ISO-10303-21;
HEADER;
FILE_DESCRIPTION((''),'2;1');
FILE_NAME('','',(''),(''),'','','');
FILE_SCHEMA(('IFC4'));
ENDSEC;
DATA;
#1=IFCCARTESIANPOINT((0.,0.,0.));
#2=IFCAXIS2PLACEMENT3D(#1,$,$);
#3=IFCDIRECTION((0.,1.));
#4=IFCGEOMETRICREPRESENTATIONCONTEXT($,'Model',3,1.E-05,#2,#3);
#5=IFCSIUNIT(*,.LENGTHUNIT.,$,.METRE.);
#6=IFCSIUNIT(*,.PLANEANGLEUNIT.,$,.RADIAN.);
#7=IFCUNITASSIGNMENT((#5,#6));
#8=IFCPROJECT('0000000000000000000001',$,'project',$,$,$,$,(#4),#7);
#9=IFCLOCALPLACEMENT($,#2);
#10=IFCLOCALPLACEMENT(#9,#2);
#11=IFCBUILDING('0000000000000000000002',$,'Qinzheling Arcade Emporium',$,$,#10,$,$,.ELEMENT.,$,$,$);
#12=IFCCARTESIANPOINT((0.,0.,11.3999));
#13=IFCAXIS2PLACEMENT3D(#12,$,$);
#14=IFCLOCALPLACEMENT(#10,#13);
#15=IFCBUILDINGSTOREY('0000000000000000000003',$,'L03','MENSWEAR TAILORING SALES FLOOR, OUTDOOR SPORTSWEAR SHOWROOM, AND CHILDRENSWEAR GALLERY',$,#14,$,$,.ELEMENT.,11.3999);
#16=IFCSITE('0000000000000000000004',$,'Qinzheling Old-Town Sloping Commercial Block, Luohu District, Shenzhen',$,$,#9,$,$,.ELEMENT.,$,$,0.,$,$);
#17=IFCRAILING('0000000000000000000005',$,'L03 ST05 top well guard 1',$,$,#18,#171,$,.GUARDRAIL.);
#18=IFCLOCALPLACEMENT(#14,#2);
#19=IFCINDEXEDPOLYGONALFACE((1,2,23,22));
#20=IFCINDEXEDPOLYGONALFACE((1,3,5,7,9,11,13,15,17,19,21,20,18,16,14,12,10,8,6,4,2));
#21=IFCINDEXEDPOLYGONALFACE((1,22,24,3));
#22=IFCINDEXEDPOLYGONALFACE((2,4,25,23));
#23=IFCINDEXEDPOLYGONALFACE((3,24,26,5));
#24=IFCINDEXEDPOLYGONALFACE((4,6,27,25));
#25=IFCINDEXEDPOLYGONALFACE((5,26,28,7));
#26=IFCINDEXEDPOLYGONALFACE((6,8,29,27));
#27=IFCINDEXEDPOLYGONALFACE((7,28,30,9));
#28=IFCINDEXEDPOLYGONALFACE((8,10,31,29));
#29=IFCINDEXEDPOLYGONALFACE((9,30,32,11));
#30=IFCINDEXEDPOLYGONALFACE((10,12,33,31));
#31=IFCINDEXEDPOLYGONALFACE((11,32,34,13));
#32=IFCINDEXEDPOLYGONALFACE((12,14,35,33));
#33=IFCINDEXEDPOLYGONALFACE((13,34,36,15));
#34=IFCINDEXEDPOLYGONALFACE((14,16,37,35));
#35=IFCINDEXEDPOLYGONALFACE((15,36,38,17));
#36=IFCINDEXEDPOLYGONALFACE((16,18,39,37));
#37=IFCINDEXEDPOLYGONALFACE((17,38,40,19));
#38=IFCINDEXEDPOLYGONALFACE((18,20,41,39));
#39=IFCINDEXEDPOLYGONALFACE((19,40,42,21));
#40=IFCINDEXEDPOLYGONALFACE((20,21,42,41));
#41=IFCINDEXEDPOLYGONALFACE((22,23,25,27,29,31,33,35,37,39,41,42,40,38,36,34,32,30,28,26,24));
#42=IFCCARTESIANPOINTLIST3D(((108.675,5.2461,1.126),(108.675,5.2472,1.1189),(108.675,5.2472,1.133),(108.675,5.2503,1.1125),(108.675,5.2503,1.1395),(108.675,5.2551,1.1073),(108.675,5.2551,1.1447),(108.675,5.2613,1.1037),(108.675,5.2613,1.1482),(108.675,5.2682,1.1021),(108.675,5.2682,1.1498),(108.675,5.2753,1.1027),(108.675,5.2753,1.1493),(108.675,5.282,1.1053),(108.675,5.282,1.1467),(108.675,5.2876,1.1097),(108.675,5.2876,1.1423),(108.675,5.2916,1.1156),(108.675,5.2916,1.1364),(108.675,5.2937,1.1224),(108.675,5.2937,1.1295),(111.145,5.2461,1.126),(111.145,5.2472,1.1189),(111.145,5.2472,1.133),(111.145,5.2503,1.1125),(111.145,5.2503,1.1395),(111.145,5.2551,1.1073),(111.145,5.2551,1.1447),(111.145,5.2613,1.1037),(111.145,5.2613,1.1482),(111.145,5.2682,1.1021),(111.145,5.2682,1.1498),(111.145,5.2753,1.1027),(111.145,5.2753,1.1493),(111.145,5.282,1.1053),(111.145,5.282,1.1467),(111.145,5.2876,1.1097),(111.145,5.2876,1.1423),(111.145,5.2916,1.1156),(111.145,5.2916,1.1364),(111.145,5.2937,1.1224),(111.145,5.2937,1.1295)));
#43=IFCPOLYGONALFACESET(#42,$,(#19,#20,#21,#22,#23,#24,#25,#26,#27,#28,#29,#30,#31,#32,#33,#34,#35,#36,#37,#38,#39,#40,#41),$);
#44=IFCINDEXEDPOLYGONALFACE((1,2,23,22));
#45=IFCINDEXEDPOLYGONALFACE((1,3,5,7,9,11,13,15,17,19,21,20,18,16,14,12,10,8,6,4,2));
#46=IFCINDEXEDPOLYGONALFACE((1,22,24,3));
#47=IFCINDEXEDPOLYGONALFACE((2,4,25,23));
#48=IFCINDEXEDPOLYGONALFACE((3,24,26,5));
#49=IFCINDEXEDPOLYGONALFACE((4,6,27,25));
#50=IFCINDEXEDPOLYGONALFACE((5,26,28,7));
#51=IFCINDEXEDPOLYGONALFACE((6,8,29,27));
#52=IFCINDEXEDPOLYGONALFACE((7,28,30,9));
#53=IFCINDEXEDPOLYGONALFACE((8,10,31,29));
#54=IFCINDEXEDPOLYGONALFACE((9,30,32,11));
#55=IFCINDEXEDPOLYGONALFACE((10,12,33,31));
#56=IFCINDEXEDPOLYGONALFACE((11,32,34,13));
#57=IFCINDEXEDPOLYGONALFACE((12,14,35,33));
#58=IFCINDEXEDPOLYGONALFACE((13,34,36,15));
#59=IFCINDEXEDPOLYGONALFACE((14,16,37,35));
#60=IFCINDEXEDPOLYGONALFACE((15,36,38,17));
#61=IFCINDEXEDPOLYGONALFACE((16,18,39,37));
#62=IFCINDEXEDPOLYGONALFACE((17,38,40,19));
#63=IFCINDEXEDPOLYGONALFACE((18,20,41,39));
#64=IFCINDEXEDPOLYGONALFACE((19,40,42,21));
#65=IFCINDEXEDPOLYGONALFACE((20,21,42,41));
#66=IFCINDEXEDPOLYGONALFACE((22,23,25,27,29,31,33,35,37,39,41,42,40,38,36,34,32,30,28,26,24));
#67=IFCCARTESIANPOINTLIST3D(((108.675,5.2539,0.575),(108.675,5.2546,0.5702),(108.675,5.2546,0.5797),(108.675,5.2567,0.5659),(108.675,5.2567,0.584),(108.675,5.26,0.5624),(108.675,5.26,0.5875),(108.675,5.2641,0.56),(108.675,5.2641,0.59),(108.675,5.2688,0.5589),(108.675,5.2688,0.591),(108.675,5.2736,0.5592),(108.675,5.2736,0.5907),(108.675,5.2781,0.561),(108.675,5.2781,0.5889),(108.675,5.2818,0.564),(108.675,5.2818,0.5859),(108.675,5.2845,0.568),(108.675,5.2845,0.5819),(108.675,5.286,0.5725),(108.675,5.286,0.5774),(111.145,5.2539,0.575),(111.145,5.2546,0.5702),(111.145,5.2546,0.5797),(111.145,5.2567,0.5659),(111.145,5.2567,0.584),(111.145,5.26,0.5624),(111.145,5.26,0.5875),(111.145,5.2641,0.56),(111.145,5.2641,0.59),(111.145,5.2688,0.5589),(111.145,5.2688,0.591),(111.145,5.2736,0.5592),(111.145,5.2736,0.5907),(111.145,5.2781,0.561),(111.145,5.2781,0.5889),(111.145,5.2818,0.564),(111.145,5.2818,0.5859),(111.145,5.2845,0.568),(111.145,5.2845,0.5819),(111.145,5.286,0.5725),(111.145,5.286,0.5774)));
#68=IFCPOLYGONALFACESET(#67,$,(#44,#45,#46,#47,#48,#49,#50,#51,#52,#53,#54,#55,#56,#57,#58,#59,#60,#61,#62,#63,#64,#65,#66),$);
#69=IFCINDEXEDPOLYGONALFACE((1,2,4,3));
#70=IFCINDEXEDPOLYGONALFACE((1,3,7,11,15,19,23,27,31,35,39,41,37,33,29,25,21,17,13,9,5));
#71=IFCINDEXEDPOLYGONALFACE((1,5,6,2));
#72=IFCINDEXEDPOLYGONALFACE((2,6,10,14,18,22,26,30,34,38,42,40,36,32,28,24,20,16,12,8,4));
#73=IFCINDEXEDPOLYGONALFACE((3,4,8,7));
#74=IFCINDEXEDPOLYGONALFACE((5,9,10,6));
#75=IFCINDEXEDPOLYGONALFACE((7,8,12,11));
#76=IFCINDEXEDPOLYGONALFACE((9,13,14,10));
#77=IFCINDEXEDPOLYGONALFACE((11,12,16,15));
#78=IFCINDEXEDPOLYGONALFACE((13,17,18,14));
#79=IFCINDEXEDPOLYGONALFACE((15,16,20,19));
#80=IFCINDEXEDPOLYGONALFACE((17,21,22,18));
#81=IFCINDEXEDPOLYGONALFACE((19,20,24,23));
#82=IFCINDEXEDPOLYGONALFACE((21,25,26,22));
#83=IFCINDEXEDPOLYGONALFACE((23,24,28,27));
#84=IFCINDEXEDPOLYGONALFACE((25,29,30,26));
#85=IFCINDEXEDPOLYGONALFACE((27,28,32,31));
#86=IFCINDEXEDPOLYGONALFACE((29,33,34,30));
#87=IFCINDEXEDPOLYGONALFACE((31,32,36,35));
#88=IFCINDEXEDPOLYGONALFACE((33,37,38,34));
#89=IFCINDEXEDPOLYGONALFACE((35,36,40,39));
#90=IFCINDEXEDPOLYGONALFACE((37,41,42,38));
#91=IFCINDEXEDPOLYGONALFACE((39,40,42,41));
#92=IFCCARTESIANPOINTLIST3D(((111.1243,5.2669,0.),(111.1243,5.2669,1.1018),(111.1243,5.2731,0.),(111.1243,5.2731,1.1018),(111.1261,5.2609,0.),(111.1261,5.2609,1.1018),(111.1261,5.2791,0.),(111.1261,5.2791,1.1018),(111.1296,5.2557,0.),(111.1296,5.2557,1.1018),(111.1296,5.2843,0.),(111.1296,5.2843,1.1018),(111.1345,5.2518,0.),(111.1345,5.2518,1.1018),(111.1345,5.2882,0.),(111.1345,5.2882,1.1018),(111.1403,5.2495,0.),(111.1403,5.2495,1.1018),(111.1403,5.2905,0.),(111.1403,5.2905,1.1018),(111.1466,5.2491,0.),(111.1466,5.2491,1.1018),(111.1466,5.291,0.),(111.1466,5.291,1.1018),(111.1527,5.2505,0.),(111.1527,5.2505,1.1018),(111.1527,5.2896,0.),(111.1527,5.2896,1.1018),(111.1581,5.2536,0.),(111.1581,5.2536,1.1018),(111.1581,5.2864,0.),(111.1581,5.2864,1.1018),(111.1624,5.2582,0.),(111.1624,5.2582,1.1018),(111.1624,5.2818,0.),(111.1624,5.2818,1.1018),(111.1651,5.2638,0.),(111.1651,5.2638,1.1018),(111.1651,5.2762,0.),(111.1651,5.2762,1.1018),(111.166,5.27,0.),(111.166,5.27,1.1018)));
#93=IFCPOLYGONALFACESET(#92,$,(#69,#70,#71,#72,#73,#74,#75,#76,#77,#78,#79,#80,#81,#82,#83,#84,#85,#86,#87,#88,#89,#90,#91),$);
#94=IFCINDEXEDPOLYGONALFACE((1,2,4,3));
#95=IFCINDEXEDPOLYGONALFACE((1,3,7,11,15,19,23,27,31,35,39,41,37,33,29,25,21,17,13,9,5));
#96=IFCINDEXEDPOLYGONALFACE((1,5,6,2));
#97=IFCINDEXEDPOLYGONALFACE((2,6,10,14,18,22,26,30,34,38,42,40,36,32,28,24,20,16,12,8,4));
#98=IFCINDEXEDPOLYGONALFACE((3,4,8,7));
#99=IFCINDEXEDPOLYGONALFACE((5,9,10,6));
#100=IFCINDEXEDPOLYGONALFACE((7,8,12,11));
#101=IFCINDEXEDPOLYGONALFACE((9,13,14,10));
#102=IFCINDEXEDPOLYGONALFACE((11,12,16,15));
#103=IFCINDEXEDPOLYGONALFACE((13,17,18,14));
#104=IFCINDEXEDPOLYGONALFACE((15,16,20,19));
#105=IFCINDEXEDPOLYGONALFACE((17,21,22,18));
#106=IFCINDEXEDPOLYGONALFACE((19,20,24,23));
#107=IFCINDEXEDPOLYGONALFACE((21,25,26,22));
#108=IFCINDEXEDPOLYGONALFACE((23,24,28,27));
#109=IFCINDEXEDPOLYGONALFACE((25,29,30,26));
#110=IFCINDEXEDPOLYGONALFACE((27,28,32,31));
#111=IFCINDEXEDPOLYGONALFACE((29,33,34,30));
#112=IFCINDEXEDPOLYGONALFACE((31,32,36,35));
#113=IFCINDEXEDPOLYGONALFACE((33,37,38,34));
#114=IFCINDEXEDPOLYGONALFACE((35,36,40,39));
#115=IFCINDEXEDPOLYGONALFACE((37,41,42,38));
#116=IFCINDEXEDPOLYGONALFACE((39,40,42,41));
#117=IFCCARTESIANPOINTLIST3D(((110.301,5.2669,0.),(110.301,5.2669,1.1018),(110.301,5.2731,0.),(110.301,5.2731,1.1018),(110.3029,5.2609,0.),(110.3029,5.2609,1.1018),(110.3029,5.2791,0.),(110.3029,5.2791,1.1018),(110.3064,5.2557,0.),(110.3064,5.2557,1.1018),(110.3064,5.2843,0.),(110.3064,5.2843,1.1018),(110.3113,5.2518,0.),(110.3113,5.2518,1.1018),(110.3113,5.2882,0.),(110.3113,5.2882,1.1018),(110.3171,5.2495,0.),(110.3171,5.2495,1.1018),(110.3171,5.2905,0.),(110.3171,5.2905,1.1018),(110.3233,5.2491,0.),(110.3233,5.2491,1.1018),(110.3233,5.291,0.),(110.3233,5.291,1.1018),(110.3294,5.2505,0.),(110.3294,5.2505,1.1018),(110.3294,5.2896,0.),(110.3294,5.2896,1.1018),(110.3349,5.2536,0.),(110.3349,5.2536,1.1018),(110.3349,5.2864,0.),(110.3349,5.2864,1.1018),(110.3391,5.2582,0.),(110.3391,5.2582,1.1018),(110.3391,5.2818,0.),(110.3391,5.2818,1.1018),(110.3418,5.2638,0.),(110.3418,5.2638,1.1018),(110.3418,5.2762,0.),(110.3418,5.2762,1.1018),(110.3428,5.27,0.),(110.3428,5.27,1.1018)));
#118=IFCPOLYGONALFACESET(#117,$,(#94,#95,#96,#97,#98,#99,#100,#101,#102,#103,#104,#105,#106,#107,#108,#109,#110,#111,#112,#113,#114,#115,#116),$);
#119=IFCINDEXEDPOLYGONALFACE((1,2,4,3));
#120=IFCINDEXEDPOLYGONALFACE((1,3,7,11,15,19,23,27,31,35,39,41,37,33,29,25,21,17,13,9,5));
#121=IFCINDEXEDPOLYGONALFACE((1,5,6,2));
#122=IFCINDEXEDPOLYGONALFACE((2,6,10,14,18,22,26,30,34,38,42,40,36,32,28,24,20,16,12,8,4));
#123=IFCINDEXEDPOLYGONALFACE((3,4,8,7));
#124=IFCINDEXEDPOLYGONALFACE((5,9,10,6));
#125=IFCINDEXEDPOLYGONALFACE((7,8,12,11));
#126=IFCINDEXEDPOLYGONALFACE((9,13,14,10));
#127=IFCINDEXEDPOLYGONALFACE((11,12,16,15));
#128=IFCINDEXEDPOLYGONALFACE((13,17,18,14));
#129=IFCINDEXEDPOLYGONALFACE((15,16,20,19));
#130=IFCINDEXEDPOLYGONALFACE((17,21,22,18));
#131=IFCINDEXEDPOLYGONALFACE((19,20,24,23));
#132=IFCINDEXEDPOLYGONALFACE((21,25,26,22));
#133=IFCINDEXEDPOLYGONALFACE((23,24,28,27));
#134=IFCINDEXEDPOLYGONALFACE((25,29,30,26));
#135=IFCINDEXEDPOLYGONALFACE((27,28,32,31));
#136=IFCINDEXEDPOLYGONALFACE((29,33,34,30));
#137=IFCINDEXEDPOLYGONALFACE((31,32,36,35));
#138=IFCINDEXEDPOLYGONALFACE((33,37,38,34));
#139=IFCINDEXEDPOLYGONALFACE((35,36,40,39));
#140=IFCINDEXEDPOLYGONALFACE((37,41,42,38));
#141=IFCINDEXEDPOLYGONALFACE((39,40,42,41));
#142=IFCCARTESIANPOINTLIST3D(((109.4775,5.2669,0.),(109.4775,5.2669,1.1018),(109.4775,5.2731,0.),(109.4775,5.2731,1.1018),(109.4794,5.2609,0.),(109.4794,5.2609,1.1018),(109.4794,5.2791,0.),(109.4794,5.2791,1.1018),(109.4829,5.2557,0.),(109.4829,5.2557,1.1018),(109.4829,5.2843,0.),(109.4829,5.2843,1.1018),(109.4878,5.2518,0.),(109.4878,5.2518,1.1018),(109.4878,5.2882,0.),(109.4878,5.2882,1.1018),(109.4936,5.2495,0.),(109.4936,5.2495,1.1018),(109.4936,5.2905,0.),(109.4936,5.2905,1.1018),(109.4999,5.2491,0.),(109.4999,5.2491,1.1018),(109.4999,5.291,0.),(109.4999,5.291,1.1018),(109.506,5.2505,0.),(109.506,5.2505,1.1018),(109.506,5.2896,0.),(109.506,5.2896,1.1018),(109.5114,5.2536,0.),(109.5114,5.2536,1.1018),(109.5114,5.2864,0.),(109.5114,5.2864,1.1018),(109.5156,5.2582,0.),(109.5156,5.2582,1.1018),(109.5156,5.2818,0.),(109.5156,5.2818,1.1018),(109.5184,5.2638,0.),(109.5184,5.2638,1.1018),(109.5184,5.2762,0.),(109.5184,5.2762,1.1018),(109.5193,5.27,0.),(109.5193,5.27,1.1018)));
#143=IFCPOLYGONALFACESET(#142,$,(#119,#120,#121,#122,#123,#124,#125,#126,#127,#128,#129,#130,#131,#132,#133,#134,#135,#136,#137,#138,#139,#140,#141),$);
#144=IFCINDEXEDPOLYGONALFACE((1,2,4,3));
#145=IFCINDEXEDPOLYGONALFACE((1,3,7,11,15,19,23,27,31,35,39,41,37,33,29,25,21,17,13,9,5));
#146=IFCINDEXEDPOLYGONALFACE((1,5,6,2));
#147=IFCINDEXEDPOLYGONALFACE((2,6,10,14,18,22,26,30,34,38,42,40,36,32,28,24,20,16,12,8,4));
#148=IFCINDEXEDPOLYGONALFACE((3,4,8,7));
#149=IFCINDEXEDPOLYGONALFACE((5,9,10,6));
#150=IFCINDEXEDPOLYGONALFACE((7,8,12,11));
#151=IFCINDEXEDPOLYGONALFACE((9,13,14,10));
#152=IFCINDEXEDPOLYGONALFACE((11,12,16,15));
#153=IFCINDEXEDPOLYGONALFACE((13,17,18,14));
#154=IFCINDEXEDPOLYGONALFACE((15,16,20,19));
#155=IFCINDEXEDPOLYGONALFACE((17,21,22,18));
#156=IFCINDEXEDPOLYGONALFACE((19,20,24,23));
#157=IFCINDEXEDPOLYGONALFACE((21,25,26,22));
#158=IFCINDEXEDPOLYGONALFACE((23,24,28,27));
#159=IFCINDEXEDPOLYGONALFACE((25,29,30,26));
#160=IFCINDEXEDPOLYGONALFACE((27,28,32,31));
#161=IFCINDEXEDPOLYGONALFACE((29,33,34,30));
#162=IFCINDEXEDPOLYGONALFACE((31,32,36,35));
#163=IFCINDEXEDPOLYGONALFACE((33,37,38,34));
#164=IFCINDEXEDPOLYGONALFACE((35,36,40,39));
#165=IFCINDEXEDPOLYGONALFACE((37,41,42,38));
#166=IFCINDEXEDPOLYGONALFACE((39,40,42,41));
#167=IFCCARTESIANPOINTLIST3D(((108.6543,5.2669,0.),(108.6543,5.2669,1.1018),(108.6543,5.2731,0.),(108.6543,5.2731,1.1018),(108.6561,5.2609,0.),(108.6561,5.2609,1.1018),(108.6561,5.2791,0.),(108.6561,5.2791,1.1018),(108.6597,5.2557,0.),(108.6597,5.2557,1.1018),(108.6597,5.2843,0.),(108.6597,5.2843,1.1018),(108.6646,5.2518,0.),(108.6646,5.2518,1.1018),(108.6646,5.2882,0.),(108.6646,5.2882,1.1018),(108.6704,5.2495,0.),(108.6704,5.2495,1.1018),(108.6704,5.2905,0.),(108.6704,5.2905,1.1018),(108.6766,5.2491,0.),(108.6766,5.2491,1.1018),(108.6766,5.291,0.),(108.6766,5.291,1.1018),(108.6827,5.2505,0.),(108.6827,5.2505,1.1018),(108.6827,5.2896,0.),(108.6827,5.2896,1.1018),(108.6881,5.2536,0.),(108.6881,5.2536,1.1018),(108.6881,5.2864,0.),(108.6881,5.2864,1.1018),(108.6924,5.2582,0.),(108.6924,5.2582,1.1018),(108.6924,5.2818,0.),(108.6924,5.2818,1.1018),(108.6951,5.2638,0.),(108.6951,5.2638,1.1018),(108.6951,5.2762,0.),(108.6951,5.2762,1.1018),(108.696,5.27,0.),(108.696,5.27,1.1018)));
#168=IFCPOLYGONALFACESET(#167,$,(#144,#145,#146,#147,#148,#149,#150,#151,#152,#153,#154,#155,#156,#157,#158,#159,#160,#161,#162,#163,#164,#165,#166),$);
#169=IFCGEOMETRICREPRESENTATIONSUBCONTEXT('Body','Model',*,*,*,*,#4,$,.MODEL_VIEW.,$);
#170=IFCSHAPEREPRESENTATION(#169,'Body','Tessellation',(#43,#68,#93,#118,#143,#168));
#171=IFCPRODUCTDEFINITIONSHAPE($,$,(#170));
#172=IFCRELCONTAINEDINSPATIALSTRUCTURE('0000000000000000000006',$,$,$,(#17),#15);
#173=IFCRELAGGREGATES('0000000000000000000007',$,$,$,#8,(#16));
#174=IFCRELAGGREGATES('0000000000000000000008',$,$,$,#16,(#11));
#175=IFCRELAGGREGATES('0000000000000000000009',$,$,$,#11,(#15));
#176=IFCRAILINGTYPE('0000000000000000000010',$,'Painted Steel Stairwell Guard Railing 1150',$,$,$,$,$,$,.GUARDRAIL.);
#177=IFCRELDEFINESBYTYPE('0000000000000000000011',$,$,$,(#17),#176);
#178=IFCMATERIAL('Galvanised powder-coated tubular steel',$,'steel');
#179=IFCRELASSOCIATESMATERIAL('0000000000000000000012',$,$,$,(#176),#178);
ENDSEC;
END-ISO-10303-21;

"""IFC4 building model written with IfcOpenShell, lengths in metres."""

from ifc_helpers import new_model, si_unit, direction, frame, origin, origin_2d, place, context, subcontext, project, spatial, circle, extrude, material, type_object, element, save


model = new_model("IFC4")

# Units and contexts
model_context = context("Model", 3, precision=1e-05, world=origin(), true_north=direction((0.0, 1.0)))
body_context = subcontext(model_context, "Body", "Model", "MODEL_VIEW")
ifc_project = project(units=[si_unit("LENGTHUNIT", "METRE"), si_unit("PLANEANGLEUNIT", "RADIAN")], contexts=[model_context])

# Site, building, storey
site_placement = place(None, origin())
site = spatial("IfcSite", under=ifc_project, at=site_placement, Name="Qinzheling Old-Town Sloping Commercial Block, Luohu District, Shenzhen", CompositionType="ELEMENT", RefElevation=0.0)
building_placement = place(site_placement, origin())
building = spatial("IfcBuilding", under=site, at=building_placement, Name="Qinzheling Arcade Emporium", CompositionType="ELEMENT")
storey_placement = place(building_placement, frame((0.0, 0.0, 11.3999)))
storey = spatial("IfcBuildingStorey", under=building, at=storey_placement, Name="L03", Description="MENSWEAR TAILORING SALES FLOOR, OUTDOOR SPORTSWEAR SHOWROOM, AND CHILDRENSWEAR GALLERY", CompositionType="ELEMENT", Elevation=11.3999)

# Railing
ifc_material_1 = material(Name="Galvanised powder-coated tubular steel", Category="steel")
railing_type = type_object("IfcRailingType", Name="Painted Steel Stairwell Guard Railing 1150", PredefinedType="GUARDRAIL", material=ifc_material_1)
railing_placement = place(storey_placement, frame((111.145, 5.27, 0.0)))
element("IfcRailing", 1, at=railing_placement, inside=storey, type_object=railing_type, Name="L03 ST05 top well guard 1", PredefinedType="GUARDRAIL", context=body_context, shape_type="SweptSolid", body=[
    extrude(circle(Radius=0.0239, at=origin_2d()), frame((0.0, 0.0, 1.126), z_axis=(-1.0, 0.0, 0.0), x_axis=(0.0, -1.0, 0.0)), (0.0, 0.0, 1.0), 2.47),
    extrude(circle(Radius=0.0161, at=origin_2d()), frame((0.0, 0.0, 0.575), z_axis=(-1.0, 0.0, 0.0), x_axis=(0.0, -1.0, 0.0)), (0.0, 0.0, 1.0), 2.47),
    extrude(circle(Radius=0.021, at=origin_2d()), origin(), (0.0, 0.0, 1.0), 1.1018),
    extrude(circle(Radius=0.021, at=origin_2d()), frame((-0.8232, 0.0, 0.0)), (0.0, 0.0, 1.0), 1.1018),
    extrude(circle(Radius=0.021, at=origin_2d()), frame((-1.6467, 0.0, 0.0)), (0.0, 0.0, 1.0), 1.1018),
    extrude(circle(Radius=0.021, at=origin_2d()), frame((-2.47, 0.0, 0.0)), (0.0, 0.0, 1.0), 1.1018),
])

save(model, "model.ifc")
